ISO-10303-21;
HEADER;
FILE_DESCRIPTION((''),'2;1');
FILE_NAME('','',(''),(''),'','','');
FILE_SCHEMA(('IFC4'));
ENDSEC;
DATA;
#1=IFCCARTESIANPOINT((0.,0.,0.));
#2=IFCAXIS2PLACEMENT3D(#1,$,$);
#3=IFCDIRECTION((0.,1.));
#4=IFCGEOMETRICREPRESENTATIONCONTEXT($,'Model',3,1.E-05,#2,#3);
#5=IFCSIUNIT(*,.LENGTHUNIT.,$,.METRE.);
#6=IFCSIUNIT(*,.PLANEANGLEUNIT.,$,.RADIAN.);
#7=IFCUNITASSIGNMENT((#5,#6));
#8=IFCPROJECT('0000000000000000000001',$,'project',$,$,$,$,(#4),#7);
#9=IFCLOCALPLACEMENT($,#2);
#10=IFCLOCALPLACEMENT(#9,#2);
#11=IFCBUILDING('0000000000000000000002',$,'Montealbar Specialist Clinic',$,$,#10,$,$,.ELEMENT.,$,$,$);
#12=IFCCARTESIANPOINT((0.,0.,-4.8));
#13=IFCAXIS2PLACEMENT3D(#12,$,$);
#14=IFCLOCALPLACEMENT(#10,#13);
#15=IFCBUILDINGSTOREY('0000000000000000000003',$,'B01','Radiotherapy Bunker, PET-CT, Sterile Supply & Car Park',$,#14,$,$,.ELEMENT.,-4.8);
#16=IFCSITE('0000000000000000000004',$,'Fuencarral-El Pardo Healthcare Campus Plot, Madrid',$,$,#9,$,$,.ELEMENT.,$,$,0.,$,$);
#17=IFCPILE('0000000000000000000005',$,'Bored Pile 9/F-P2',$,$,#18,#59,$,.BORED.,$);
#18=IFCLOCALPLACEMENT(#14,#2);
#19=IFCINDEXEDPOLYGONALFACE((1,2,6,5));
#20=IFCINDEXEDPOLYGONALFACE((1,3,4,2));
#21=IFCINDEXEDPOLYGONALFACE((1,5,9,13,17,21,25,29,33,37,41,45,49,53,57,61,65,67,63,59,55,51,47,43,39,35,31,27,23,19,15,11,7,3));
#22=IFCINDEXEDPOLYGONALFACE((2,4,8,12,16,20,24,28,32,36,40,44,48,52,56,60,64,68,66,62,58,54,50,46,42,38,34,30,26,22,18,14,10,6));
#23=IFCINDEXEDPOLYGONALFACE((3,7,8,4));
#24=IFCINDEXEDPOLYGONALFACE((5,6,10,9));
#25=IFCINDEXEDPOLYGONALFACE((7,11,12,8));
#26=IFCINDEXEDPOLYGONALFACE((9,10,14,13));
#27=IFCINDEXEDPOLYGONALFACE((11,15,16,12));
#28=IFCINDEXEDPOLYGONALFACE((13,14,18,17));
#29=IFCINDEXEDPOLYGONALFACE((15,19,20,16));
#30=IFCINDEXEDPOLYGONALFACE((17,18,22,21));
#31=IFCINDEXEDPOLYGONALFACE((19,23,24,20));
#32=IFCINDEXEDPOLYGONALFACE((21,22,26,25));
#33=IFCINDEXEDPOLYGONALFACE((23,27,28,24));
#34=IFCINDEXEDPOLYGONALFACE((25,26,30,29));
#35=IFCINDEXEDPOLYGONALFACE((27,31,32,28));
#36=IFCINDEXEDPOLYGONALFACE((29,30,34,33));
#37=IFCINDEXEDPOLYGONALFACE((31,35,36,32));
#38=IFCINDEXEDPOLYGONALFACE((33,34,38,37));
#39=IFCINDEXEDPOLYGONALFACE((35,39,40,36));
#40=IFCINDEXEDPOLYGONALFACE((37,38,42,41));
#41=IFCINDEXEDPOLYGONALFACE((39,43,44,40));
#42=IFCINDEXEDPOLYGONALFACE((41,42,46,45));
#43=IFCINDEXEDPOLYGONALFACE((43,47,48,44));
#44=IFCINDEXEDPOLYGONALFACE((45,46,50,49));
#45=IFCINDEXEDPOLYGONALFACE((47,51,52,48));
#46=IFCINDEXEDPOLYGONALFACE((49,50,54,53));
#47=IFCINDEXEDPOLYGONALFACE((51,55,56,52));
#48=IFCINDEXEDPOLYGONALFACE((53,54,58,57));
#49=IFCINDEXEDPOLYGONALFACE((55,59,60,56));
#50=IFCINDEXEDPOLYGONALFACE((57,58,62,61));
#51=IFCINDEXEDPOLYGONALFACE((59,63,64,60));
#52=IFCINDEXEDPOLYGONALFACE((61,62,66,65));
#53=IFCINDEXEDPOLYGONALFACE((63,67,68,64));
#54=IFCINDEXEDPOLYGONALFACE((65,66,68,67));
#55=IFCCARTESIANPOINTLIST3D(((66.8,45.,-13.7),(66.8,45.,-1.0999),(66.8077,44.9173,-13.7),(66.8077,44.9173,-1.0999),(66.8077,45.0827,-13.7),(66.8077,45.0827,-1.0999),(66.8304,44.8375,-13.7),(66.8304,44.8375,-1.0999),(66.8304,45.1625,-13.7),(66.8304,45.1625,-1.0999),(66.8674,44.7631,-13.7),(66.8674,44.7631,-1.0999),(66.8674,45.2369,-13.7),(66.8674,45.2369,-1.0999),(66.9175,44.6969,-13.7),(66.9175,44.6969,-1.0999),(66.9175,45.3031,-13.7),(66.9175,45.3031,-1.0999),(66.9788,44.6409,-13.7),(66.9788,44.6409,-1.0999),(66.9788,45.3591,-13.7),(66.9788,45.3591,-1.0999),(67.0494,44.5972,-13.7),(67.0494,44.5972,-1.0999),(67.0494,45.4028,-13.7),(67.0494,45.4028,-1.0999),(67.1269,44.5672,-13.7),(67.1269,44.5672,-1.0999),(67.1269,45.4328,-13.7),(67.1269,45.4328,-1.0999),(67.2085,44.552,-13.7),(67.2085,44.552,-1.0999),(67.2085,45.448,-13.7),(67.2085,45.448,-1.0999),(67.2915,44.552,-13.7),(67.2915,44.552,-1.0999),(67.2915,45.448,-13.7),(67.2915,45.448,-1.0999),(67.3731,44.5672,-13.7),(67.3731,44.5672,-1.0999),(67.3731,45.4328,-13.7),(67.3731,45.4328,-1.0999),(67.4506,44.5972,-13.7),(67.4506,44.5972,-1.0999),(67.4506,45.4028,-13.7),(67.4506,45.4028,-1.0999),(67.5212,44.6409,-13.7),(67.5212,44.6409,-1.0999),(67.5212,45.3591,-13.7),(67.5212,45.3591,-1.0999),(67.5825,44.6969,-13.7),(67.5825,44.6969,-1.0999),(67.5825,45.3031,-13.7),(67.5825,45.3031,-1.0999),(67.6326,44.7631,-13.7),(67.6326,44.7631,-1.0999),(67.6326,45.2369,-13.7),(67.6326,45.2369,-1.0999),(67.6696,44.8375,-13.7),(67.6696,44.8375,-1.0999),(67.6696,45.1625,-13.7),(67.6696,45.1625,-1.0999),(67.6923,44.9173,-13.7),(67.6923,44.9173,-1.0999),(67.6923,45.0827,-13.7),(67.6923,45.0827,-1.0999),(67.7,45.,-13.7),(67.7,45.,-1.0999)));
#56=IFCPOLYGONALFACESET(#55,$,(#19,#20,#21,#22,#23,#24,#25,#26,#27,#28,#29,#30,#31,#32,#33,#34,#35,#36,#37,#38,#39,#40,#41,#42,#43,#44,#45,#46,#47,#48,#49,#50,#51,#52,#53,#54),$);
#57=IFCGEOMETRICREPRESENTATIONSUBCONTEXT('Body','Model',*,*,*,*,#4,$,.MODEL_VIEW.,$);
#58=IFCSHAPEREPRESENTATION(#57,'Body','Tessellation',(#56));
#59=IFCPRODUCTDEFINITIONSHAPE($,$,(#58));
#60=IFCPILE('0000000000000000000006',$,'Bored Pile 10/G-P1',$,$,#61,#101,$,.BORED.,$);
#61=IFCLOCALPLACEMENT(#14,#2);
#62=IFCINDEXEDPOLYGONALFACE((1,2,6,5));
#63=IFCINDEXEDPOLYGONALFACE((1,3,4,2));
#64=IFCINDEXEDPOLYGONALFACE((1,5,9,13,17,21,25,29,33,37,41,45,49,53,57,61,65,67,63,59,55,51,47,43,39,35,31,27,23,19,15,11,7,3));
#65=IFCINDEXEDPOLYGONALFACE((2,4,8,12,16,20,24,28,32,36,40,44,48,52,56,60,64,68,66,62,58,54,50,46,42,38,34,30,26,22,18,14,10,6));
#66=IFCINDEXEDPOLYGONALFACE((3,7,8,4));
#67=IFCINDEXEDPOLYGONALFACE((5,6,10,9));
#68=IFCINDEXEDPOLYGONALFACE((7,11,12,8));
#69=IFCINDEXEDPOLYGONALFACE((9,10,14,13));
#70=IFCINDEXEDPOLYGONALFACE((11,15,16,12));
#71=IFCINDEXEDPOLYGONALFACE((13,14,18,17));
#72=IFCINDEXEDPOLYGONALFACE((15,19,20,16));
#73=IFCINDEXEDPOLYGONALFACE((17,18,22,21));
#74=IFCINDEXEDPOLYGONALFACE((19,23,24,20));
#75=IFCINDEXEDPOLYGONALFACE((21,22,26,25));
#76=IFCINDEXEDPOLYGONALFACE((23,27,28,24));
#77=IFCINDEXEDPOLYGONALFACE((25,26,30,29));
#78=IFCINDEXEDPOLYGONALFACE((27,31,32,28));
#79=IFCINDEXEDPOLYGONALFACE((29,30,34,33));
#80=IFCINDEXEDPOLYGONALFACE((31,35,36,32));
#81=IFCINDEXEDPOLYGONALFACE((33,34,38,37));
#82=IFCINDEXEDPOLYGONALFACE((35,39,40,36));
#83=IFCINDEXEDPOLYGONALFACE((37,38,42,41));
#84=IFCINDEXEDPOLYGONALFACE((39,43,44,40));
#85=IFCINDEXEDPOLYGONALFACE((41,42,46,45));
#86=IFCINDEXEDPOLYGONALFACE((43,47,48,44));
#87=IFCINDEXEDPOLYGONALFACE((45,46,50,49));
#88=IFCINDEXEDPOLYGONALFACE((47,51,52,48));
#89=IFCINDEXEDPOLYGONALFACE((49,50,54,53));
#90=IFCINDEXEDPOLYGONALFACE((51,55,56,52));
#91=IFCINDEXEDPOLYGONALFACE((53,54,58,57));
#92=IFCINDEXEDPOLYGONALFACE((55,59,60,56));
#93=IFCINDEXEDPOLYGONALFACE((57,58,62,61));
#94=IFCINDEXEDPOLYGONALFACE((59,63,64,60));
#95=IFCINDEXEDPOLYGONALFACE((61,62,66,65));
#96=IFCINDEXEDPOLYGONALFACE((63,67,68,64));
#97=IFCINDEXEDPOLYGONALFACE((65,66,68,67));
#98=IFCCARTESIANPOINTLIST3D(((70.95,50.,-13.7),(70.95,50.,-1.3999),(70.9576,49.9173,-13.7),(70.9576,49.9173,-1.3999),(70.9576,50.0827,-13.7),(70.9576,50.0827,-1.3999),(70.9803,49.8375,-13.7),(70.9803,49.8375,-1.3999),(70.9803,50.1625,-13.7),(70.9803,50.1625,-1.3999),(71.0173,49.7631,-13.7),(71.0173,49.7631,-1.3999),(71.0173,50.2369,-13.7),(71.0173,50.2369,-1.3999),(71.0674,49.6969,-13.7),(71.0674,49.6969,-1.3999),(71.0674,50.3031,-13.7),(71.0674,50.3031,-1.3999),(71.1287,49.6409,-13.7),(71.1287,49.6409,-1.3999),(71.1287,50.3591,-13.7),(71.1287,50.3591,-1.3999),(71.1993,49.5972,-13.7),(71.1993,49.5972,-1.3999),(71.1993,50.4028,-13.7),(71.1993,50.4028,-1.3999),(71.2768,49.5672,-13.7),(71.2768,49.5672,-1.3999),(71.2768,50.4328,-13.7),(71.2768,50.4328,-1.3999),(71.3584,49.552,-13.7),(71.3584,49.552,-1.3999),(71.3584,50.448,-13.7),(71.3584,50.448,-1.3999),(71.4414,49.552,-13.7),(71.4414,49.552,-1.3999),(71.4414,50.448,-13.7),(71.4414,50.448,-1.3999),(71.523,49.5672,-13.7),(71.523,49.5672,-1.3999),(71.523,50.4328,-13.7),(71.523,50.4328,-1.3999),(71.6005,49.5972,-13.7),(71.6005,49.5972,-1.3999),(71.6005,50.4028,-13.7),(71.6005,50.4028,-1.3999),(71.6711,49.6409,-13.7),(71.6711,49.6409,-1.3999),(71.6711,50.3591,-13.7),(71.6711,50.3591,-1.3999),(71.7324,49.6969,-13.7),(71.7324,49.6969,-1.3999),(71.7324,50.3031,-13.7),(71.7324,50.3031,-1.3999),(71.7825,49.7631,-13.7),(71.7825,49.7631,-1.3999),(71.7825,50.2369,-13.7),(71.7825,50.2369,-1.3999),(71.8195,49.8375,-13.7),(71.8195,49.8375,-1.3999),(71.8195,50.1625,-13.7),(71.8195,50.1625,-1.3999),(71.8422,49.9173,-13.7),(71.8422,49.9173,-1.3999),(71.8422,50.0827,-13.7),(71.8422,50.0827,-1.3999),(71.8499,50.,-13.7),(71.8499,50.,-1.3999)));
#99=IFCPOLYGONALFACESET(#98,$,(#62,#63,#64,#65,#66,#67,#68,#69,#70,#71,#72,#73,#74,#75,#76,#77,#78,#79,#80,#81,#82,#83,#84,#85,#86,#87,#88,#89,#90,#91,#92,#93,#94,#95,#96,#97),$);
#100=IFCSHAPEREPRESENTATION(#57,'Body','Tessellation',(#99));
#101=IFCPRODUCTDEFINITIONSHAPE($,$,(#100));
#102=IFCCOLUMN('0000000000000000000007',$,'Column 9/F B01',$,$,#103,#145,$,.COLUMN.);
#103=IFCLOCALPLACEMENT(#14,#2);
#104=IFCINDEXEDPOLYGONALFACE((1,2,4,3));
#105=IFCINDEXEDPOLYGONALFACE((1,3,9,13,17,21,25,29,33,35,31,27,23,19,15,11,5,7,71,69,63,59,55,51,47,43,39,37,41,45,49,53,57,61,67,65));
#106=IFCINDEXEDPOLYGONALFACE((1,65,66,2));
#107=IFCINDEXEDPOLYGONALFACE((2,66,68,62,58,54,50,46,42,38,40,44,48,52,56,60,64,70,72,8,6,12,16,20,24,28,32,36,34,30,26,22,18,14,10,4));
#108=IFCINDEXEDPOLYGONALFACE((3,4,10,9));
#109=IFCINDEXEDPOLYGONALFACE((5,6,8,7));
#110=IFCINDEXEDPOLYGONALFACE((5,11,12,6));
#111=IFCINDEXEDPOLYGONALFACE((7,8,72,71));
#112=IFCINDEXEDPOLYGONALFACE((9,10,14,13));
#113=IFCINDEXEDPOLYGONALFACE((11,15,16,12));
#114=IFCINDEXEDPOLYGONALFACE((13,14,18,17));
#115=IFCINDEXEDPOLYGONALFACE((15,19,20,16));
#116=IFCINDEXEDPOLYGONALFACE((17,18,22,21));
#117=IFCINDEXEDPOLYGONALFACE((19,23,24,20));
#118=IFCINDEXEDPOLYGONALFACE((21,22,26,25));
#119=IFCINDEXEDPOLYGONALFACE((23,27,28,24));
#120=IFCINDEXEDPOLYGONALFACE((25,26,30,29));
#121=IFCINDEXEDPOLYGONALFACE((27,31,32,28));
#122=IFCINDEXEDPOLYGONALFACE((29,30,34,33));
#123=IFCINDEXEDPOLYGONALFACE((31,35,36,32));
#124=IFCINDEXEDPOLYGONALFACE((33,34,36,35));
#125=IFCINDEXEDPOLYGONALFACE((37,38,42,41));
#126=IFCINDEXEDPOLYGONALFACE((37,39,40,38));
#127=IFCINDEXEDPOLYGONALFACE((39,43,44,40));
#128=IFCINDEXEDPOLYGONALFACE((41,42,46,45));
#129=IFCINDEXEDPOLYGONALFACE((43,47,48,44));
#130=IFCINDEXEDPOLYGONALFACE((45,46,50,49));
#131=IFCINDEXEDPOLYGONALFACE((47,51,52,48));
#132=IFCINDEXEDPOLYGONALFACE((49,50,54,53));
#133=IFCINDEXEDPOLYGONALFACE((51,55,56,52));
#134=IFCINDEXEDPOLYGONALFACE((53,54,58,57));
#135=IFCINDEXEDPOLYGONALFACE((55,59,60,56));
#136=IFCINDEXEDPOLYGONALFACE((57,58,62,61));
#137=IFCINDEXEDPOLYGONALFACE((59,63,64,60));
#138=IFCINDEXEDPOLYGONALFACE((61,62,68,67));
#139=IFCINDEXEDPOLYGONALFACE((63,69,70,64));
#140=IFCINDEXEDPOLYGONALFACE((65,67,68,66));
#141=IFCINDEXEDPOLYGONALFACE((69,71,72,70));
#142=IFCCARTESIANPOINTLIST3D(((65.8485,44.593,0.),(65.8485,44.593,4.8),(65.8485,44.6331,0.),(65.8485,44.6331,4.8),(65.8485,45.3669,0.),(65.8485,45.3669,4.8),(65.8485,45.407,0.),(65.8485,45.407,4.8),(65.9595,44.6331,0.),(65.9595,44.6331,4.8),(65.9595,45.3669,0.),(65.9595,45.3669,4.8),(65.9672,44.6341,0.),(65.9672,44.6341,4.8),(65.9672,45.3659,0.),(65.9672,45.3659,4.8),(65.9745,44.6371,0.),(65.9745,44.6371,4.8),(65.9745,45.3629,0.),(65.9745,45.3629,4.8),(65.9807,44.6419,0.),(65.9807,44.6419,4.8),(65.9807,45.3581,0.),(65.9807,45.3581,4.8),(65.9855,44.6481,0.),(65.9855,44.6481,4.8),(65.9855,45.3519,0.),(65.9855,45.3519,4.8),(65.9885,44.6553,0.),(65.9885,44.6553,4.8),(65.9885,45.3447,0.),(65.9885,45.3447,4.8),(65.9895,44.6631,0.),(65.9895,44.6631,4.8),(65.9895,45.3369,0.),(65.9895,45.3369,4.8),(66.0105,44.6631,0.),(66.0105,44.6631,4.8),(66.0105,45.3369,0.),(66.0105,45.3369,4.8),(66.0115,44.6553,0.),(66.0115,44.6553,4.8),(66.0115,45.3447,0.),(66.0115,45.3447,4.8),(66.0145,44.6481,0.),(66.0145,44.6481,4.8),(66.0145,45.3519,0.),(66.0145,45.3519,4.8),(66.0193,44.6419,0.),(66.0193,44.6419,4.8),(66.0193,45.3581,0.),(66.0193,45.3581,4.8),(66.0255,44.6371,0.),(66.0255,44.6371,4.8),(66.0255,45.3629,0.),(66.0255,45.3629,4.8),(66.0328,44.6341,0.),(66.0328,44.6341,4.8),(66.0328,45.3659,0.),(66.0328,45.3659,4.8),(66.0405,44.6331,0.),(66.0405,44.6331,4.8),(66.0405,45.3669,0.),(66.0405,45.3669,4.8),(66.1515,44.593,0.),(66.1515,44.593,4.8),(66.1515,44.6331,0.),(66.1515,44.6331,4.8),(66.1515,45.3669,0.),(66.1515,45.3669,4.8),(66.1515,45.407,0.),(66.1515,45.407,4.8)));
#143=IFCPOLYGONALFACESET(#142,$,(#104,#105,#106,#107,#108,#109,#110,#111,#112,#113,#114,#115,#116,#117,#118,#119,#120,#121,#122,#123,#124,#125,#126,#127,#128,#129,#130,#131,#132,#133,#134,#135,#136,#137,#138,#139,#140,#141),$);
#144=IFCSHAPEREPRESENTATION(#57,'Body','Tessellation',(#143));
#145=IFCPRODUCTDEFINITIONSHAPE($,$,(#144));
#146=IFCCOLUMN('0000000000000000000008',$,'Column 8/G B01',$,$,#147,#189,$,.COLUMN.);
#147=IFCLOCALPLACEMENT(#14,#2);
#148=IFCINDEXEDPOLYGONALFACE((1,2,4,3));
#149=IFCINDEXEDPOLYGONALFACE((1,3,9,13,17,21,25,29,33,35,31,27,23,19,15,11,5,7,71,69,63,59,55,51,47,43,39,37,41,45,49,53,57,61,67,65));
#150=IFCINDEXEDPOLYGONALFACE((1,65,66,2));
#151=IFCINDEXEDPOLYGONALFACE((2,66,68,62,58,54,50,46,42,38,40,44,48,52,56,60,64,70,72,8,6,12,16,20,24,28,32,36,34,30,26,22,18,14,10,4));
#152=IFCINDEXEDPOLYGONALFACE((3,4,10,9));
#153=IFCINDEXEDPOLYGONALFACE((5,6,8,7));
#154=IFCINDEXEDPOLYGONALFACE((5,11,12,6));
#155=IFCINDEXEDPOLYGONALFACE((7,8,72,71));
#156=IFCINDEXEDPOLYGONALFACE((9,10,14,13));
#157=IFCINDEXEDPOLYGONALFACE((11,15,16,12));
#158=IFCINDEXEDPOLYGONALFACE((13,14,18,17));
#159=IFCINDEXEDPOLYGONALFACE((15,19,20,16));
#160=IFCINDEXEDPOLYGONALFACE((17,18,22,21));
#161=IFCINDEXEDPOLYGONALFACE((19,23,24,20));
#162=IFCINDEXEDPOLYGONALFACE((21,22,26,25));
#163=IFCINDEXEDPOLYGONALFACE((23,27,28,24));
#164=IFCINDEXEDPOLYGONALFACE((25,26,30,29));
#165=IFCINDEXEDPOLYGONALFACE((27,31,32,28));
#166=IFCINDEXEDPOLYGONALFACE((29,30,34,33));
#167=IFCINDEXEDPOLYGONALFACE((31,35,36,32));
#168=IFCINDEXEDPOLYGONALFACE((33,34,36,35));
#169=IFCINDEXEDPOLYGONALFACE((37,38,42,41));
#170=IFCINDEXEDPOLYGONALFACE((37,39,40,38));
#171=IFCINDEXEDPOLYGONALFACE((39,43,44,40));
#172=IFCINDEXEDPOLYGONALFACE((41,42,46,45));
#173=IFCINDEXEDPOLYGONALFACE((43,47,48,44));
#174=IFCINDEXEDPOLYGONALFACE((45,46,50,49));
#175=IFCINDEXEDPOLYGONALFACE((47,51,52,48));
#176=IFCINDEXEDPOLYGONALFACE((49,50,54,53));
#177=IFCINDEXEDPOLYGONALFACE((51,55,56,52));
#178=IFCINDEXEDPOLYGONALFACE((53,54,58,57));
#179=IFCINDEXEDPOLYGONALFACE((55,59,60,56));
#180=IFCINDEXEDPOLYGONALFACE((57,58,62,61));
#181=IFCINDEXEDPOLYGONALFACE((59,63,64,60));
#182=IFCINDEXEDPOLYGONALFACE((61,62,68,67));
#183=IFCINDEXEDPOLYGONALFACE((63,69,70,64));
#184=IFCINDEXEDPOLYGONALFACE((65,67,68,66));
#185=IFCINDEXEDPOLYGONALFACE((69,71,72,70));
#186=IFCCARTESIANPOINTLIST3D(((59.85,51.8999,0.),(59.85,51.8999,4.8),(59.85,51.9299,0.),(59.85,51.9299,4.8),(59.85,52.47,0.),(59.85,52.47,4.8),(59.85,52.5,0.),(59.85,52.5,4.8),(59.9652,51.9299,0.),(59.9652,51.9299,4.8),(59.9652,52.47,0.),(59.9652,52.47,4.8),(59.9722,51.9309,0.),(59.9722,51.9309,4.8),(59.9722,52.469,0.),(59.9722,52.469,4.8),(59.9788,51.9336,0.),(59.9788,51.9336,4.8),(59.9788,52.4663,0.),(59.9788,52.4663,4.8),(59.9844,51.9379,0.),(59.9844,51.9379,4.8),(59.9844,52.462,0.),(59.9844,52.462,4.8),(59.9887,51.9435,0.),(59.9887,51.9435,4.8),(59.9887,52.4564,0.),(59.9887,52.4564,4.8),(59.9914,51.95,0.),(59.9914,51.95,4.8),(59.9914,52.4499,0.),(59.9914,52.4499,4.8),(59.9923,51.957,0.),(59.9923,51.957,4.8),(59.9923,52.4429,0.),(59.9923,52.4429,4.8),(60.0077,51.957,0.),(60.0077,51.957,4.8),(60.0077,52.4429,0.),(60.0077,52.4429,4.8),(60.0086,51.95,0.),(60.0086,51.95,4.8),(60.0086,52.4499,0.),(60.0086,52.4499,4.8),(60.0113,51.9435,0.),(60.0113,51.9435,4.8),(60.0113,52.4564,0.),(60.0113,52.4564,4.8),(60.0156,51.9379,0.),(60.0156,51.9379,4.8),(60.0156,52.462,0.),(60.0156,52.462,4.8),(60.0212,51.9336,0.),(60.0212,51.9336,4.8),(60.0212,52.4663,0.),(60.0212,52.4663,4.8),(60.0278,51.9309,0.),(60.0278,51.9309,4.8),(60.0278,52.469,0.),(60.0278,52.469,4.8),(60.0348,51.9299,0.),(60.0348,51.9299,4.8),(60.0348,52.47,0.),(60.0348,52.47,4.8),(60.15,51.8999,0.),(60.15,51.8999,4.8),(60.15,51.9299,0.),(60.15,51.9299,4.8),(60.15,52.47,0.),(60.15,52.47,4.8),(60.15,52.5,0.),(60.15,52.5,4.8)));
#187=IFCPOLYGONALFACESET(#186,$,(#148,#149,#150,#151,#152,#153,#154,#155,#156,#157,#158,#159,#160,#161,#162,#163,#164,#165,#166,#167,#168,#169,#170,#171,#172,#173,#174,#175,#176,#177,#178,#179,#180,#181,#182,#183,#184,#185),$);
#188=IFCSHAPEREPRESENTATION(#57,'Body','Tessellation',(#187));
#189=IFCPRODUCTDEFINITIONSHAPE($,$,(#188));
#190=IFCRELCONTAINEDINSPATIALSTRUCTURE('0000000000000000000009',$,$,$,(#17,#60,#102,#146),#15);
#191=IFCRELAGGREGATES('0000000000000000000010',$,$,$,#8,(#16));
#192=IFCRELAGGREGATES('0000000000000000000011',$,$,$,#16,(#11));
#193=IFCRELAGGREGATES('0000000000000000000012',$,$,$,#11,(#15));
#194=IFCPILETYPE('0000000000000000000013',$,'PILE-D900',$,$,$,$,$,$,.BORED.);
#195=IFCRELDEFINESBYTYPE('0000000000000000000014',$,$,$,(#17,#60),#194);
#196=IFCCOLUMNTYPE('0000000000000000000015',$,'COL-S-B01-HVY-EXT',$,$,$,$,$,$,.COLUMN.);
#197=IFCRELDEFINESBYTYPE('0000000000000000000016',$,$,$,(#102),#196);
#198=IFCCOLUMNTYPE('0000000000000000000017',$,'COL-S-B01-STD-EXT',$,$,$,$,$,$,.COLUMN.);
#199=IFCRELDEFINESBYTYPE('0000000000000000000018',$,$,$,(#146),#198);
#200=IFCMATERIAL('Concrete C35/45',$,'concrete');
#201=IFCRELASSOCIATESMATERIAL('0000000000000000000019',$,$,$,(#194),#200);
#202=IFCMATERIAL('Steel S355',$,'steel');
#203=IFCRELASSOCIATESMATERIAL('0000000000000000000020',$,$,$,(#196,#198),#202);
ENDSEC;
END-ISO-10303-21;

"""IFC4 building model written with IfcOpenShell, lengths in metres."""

from ifc_helpers import new_model, si_unit, direction, frame, origin, origin_2d, place, context, subcontext, project, spatial, circle, i_section, extrude, material, material_profile, profile_set, type_object, element, save


model = new_model("IFC4")

# Units and contexts
model_context = context("Model", 3, precision=1e-05, world=origin(), true_north=direction((0.0, 1.0)))
body_context = subcontext(model_context, "Body", "Model", "MODEL_VIEW")
ifc_project = project(units=[si_unit("LENGTHUNIT", "METRE"), si_unit("PLANEANGLEUNIT", "RADIAN")], contexts=[model_context])

# Site, building, storey
site_placement = place(None, origin())
site = spatial("IfcSite", under=ifc_project, at=site_placement, Name="Fuencarral-El Pardo Healthcare Campus Plot, Madrid", CompositionType="ELEMENT", RefElevation=0.0)
building_placement = place(site_placement, origin())
building = spatial("IfcBuilding", under=site, at=building_placement, Name="Montealbar Specialist Clinic", CompositionType="ELEMENT")
storey_placement = place(building_placement, frame((0.0, 0.0, -4.8)))
storey = spatial("IfcBuildingStorey", under=building, at=storey_placement, Name="B01", Description="Radiotherapy Bunker, PET-CT, Sterile Supply & Car Park", CompositionType="ELEMENT", Elevation=-4.8)

# Shared definitions
ifc_material_1 = material(Name="Concrete C35/45", Category="concrete")

# Piles
ifc_material_profile_1 = material_profile(ifc_material_1, circle(Radius=0.45, at=origin_2d()), Name="PILE D900", Category="concrete")
ifc_profile_set_1 = profile_set([ifc_material_profile_1], Name="Concrete C35/45")
pile_type_1 = type_object("IfcPileType", Name="PILE-D900", PredefinedType="BORED", material=ifc_profile_set_1)
for number, where, z_axis, x_axis, name in (
    (1, (67.25, 45.0, -1.0999), (0.0, 0.0, -1.0), (1.0, 0.0, 0.0), "Bored Pile 9/F-P2"),
):
    element("IfcPile", number, at=place(storey_placement, frame(where, z_axis=z_axis, x_axis=x_axis)), inside=storey, type_object=pile_type_1, Name=name, PredefinedType="BORED", context=body_context, shape_type="SweptSolid", body=[
        extrude(circle(Radius=0.45, at=origin_2d()), origin(), (0.0, 0.0, 1.0), 12.6001),
    ])
pile_1_placement = place(storey_placement, frame((71.3999, 50.0, -1.3999), z_axis=(0.0, 0.0, -1.0), x_axis=(1.0, 0.0, 0.0)))
element("IfcPile", 2, at=pile_1_placement, inside=storey, type_object=pile_type_1, Name="Bored Pile 10/G-P1", PredefinedType="BORED", context=body_context, shape_type="SweptSolid", body=[
    extrude(circle(Radius=0.45, at=origin_2d()), origin(), (0.0, 0.0, 1.0), 12.3),
])

# Columns
ifc_material_2 = material(Name="Steel S355", Category="steel")
ifc_material_profile_2 = material_profile(ifc_material_2, i_section(OverallWidth=0.303, OverallDepth=0.814, WebThickness=0.021, FlangeThickness=0.04, FilletRadius=0.03, at=origin_2d()), Name="HEM 800", Category="steel")
ifc_profile_set_2 = profile_set([ifc_material_profile_2], Name="Steel S355")
column_type_1 = type_object("IfcColumnType", Name="COL-S-B01-HVY-EXT", PredefinedType="COLUMN", material=ifc_profile_set_2)
column_placement = place(storey_placement, frame((66.0, 45.0, 0.0), z_axis=(0.0, 0.0, 1.0), x_axis=(1.0, 0.0, 0.0)))
element("IfcColumn", 3, at=column_placement, inside=storey, type_object=column_type_1, Name="Column 9/F B01", PredefinedType="COLUMN", context=body_context, shape_type="SweptSolid", body=[
    extrude(i_section(OverallWidth=0.303, OverallDepth=0.814, WebThickness=0.021, FlangeThickness=0.04, FilletRadius=0.03, at=origin_2d()), origin(), (0.0, 0.0, 1.0), 4.8),
])
ifc_material_profile_3 = material_profile(ifc_material_2, i_section(OverallWidth=0.3, OverallDepth=0.6001, WebThickness=0.0154, FlangeThickness=0.03, FilletRadius=0.0271, at=origin_2d()), Name="HEB 600", Category="steel")
ifc_profile_set_3 = profile_set([ifc_material_profile_3], Name="Steel S355")
column_type_2 = type_object("IfcColumnType", Name="COL-S-B01-STD-EXT", PredefinedType="COLUMN", material=ifc_profile_set_3)
for number, where, z_axis, x_axis, name in (
    (4, (60.0, 52.2, 0.0), (0.0, 0.0, 1.0), (1.0, 0.0, 0.0), "Column 8/G B01"),
):
    element("IfcColumn", number, at=place(storey_placement, frame(where, z_axis=z_axis, x_axis=x_axis)), inside=storey, type_object=column_type_2, Name=name, PredefinedType="COLUMN", context=body_context, shape_type="SweptSolid", body=[
        extrude(i_section(OverallWidth=0.3, OverallDepth=0.6001, WebThickness=0.0154, FlangeThickness=0.03, FilletRadius=0.0271, at=origin_2d()), origin(), (0.0, 0.0, 1.0), 4.8),
    ])

save(model, "model.ifc")
